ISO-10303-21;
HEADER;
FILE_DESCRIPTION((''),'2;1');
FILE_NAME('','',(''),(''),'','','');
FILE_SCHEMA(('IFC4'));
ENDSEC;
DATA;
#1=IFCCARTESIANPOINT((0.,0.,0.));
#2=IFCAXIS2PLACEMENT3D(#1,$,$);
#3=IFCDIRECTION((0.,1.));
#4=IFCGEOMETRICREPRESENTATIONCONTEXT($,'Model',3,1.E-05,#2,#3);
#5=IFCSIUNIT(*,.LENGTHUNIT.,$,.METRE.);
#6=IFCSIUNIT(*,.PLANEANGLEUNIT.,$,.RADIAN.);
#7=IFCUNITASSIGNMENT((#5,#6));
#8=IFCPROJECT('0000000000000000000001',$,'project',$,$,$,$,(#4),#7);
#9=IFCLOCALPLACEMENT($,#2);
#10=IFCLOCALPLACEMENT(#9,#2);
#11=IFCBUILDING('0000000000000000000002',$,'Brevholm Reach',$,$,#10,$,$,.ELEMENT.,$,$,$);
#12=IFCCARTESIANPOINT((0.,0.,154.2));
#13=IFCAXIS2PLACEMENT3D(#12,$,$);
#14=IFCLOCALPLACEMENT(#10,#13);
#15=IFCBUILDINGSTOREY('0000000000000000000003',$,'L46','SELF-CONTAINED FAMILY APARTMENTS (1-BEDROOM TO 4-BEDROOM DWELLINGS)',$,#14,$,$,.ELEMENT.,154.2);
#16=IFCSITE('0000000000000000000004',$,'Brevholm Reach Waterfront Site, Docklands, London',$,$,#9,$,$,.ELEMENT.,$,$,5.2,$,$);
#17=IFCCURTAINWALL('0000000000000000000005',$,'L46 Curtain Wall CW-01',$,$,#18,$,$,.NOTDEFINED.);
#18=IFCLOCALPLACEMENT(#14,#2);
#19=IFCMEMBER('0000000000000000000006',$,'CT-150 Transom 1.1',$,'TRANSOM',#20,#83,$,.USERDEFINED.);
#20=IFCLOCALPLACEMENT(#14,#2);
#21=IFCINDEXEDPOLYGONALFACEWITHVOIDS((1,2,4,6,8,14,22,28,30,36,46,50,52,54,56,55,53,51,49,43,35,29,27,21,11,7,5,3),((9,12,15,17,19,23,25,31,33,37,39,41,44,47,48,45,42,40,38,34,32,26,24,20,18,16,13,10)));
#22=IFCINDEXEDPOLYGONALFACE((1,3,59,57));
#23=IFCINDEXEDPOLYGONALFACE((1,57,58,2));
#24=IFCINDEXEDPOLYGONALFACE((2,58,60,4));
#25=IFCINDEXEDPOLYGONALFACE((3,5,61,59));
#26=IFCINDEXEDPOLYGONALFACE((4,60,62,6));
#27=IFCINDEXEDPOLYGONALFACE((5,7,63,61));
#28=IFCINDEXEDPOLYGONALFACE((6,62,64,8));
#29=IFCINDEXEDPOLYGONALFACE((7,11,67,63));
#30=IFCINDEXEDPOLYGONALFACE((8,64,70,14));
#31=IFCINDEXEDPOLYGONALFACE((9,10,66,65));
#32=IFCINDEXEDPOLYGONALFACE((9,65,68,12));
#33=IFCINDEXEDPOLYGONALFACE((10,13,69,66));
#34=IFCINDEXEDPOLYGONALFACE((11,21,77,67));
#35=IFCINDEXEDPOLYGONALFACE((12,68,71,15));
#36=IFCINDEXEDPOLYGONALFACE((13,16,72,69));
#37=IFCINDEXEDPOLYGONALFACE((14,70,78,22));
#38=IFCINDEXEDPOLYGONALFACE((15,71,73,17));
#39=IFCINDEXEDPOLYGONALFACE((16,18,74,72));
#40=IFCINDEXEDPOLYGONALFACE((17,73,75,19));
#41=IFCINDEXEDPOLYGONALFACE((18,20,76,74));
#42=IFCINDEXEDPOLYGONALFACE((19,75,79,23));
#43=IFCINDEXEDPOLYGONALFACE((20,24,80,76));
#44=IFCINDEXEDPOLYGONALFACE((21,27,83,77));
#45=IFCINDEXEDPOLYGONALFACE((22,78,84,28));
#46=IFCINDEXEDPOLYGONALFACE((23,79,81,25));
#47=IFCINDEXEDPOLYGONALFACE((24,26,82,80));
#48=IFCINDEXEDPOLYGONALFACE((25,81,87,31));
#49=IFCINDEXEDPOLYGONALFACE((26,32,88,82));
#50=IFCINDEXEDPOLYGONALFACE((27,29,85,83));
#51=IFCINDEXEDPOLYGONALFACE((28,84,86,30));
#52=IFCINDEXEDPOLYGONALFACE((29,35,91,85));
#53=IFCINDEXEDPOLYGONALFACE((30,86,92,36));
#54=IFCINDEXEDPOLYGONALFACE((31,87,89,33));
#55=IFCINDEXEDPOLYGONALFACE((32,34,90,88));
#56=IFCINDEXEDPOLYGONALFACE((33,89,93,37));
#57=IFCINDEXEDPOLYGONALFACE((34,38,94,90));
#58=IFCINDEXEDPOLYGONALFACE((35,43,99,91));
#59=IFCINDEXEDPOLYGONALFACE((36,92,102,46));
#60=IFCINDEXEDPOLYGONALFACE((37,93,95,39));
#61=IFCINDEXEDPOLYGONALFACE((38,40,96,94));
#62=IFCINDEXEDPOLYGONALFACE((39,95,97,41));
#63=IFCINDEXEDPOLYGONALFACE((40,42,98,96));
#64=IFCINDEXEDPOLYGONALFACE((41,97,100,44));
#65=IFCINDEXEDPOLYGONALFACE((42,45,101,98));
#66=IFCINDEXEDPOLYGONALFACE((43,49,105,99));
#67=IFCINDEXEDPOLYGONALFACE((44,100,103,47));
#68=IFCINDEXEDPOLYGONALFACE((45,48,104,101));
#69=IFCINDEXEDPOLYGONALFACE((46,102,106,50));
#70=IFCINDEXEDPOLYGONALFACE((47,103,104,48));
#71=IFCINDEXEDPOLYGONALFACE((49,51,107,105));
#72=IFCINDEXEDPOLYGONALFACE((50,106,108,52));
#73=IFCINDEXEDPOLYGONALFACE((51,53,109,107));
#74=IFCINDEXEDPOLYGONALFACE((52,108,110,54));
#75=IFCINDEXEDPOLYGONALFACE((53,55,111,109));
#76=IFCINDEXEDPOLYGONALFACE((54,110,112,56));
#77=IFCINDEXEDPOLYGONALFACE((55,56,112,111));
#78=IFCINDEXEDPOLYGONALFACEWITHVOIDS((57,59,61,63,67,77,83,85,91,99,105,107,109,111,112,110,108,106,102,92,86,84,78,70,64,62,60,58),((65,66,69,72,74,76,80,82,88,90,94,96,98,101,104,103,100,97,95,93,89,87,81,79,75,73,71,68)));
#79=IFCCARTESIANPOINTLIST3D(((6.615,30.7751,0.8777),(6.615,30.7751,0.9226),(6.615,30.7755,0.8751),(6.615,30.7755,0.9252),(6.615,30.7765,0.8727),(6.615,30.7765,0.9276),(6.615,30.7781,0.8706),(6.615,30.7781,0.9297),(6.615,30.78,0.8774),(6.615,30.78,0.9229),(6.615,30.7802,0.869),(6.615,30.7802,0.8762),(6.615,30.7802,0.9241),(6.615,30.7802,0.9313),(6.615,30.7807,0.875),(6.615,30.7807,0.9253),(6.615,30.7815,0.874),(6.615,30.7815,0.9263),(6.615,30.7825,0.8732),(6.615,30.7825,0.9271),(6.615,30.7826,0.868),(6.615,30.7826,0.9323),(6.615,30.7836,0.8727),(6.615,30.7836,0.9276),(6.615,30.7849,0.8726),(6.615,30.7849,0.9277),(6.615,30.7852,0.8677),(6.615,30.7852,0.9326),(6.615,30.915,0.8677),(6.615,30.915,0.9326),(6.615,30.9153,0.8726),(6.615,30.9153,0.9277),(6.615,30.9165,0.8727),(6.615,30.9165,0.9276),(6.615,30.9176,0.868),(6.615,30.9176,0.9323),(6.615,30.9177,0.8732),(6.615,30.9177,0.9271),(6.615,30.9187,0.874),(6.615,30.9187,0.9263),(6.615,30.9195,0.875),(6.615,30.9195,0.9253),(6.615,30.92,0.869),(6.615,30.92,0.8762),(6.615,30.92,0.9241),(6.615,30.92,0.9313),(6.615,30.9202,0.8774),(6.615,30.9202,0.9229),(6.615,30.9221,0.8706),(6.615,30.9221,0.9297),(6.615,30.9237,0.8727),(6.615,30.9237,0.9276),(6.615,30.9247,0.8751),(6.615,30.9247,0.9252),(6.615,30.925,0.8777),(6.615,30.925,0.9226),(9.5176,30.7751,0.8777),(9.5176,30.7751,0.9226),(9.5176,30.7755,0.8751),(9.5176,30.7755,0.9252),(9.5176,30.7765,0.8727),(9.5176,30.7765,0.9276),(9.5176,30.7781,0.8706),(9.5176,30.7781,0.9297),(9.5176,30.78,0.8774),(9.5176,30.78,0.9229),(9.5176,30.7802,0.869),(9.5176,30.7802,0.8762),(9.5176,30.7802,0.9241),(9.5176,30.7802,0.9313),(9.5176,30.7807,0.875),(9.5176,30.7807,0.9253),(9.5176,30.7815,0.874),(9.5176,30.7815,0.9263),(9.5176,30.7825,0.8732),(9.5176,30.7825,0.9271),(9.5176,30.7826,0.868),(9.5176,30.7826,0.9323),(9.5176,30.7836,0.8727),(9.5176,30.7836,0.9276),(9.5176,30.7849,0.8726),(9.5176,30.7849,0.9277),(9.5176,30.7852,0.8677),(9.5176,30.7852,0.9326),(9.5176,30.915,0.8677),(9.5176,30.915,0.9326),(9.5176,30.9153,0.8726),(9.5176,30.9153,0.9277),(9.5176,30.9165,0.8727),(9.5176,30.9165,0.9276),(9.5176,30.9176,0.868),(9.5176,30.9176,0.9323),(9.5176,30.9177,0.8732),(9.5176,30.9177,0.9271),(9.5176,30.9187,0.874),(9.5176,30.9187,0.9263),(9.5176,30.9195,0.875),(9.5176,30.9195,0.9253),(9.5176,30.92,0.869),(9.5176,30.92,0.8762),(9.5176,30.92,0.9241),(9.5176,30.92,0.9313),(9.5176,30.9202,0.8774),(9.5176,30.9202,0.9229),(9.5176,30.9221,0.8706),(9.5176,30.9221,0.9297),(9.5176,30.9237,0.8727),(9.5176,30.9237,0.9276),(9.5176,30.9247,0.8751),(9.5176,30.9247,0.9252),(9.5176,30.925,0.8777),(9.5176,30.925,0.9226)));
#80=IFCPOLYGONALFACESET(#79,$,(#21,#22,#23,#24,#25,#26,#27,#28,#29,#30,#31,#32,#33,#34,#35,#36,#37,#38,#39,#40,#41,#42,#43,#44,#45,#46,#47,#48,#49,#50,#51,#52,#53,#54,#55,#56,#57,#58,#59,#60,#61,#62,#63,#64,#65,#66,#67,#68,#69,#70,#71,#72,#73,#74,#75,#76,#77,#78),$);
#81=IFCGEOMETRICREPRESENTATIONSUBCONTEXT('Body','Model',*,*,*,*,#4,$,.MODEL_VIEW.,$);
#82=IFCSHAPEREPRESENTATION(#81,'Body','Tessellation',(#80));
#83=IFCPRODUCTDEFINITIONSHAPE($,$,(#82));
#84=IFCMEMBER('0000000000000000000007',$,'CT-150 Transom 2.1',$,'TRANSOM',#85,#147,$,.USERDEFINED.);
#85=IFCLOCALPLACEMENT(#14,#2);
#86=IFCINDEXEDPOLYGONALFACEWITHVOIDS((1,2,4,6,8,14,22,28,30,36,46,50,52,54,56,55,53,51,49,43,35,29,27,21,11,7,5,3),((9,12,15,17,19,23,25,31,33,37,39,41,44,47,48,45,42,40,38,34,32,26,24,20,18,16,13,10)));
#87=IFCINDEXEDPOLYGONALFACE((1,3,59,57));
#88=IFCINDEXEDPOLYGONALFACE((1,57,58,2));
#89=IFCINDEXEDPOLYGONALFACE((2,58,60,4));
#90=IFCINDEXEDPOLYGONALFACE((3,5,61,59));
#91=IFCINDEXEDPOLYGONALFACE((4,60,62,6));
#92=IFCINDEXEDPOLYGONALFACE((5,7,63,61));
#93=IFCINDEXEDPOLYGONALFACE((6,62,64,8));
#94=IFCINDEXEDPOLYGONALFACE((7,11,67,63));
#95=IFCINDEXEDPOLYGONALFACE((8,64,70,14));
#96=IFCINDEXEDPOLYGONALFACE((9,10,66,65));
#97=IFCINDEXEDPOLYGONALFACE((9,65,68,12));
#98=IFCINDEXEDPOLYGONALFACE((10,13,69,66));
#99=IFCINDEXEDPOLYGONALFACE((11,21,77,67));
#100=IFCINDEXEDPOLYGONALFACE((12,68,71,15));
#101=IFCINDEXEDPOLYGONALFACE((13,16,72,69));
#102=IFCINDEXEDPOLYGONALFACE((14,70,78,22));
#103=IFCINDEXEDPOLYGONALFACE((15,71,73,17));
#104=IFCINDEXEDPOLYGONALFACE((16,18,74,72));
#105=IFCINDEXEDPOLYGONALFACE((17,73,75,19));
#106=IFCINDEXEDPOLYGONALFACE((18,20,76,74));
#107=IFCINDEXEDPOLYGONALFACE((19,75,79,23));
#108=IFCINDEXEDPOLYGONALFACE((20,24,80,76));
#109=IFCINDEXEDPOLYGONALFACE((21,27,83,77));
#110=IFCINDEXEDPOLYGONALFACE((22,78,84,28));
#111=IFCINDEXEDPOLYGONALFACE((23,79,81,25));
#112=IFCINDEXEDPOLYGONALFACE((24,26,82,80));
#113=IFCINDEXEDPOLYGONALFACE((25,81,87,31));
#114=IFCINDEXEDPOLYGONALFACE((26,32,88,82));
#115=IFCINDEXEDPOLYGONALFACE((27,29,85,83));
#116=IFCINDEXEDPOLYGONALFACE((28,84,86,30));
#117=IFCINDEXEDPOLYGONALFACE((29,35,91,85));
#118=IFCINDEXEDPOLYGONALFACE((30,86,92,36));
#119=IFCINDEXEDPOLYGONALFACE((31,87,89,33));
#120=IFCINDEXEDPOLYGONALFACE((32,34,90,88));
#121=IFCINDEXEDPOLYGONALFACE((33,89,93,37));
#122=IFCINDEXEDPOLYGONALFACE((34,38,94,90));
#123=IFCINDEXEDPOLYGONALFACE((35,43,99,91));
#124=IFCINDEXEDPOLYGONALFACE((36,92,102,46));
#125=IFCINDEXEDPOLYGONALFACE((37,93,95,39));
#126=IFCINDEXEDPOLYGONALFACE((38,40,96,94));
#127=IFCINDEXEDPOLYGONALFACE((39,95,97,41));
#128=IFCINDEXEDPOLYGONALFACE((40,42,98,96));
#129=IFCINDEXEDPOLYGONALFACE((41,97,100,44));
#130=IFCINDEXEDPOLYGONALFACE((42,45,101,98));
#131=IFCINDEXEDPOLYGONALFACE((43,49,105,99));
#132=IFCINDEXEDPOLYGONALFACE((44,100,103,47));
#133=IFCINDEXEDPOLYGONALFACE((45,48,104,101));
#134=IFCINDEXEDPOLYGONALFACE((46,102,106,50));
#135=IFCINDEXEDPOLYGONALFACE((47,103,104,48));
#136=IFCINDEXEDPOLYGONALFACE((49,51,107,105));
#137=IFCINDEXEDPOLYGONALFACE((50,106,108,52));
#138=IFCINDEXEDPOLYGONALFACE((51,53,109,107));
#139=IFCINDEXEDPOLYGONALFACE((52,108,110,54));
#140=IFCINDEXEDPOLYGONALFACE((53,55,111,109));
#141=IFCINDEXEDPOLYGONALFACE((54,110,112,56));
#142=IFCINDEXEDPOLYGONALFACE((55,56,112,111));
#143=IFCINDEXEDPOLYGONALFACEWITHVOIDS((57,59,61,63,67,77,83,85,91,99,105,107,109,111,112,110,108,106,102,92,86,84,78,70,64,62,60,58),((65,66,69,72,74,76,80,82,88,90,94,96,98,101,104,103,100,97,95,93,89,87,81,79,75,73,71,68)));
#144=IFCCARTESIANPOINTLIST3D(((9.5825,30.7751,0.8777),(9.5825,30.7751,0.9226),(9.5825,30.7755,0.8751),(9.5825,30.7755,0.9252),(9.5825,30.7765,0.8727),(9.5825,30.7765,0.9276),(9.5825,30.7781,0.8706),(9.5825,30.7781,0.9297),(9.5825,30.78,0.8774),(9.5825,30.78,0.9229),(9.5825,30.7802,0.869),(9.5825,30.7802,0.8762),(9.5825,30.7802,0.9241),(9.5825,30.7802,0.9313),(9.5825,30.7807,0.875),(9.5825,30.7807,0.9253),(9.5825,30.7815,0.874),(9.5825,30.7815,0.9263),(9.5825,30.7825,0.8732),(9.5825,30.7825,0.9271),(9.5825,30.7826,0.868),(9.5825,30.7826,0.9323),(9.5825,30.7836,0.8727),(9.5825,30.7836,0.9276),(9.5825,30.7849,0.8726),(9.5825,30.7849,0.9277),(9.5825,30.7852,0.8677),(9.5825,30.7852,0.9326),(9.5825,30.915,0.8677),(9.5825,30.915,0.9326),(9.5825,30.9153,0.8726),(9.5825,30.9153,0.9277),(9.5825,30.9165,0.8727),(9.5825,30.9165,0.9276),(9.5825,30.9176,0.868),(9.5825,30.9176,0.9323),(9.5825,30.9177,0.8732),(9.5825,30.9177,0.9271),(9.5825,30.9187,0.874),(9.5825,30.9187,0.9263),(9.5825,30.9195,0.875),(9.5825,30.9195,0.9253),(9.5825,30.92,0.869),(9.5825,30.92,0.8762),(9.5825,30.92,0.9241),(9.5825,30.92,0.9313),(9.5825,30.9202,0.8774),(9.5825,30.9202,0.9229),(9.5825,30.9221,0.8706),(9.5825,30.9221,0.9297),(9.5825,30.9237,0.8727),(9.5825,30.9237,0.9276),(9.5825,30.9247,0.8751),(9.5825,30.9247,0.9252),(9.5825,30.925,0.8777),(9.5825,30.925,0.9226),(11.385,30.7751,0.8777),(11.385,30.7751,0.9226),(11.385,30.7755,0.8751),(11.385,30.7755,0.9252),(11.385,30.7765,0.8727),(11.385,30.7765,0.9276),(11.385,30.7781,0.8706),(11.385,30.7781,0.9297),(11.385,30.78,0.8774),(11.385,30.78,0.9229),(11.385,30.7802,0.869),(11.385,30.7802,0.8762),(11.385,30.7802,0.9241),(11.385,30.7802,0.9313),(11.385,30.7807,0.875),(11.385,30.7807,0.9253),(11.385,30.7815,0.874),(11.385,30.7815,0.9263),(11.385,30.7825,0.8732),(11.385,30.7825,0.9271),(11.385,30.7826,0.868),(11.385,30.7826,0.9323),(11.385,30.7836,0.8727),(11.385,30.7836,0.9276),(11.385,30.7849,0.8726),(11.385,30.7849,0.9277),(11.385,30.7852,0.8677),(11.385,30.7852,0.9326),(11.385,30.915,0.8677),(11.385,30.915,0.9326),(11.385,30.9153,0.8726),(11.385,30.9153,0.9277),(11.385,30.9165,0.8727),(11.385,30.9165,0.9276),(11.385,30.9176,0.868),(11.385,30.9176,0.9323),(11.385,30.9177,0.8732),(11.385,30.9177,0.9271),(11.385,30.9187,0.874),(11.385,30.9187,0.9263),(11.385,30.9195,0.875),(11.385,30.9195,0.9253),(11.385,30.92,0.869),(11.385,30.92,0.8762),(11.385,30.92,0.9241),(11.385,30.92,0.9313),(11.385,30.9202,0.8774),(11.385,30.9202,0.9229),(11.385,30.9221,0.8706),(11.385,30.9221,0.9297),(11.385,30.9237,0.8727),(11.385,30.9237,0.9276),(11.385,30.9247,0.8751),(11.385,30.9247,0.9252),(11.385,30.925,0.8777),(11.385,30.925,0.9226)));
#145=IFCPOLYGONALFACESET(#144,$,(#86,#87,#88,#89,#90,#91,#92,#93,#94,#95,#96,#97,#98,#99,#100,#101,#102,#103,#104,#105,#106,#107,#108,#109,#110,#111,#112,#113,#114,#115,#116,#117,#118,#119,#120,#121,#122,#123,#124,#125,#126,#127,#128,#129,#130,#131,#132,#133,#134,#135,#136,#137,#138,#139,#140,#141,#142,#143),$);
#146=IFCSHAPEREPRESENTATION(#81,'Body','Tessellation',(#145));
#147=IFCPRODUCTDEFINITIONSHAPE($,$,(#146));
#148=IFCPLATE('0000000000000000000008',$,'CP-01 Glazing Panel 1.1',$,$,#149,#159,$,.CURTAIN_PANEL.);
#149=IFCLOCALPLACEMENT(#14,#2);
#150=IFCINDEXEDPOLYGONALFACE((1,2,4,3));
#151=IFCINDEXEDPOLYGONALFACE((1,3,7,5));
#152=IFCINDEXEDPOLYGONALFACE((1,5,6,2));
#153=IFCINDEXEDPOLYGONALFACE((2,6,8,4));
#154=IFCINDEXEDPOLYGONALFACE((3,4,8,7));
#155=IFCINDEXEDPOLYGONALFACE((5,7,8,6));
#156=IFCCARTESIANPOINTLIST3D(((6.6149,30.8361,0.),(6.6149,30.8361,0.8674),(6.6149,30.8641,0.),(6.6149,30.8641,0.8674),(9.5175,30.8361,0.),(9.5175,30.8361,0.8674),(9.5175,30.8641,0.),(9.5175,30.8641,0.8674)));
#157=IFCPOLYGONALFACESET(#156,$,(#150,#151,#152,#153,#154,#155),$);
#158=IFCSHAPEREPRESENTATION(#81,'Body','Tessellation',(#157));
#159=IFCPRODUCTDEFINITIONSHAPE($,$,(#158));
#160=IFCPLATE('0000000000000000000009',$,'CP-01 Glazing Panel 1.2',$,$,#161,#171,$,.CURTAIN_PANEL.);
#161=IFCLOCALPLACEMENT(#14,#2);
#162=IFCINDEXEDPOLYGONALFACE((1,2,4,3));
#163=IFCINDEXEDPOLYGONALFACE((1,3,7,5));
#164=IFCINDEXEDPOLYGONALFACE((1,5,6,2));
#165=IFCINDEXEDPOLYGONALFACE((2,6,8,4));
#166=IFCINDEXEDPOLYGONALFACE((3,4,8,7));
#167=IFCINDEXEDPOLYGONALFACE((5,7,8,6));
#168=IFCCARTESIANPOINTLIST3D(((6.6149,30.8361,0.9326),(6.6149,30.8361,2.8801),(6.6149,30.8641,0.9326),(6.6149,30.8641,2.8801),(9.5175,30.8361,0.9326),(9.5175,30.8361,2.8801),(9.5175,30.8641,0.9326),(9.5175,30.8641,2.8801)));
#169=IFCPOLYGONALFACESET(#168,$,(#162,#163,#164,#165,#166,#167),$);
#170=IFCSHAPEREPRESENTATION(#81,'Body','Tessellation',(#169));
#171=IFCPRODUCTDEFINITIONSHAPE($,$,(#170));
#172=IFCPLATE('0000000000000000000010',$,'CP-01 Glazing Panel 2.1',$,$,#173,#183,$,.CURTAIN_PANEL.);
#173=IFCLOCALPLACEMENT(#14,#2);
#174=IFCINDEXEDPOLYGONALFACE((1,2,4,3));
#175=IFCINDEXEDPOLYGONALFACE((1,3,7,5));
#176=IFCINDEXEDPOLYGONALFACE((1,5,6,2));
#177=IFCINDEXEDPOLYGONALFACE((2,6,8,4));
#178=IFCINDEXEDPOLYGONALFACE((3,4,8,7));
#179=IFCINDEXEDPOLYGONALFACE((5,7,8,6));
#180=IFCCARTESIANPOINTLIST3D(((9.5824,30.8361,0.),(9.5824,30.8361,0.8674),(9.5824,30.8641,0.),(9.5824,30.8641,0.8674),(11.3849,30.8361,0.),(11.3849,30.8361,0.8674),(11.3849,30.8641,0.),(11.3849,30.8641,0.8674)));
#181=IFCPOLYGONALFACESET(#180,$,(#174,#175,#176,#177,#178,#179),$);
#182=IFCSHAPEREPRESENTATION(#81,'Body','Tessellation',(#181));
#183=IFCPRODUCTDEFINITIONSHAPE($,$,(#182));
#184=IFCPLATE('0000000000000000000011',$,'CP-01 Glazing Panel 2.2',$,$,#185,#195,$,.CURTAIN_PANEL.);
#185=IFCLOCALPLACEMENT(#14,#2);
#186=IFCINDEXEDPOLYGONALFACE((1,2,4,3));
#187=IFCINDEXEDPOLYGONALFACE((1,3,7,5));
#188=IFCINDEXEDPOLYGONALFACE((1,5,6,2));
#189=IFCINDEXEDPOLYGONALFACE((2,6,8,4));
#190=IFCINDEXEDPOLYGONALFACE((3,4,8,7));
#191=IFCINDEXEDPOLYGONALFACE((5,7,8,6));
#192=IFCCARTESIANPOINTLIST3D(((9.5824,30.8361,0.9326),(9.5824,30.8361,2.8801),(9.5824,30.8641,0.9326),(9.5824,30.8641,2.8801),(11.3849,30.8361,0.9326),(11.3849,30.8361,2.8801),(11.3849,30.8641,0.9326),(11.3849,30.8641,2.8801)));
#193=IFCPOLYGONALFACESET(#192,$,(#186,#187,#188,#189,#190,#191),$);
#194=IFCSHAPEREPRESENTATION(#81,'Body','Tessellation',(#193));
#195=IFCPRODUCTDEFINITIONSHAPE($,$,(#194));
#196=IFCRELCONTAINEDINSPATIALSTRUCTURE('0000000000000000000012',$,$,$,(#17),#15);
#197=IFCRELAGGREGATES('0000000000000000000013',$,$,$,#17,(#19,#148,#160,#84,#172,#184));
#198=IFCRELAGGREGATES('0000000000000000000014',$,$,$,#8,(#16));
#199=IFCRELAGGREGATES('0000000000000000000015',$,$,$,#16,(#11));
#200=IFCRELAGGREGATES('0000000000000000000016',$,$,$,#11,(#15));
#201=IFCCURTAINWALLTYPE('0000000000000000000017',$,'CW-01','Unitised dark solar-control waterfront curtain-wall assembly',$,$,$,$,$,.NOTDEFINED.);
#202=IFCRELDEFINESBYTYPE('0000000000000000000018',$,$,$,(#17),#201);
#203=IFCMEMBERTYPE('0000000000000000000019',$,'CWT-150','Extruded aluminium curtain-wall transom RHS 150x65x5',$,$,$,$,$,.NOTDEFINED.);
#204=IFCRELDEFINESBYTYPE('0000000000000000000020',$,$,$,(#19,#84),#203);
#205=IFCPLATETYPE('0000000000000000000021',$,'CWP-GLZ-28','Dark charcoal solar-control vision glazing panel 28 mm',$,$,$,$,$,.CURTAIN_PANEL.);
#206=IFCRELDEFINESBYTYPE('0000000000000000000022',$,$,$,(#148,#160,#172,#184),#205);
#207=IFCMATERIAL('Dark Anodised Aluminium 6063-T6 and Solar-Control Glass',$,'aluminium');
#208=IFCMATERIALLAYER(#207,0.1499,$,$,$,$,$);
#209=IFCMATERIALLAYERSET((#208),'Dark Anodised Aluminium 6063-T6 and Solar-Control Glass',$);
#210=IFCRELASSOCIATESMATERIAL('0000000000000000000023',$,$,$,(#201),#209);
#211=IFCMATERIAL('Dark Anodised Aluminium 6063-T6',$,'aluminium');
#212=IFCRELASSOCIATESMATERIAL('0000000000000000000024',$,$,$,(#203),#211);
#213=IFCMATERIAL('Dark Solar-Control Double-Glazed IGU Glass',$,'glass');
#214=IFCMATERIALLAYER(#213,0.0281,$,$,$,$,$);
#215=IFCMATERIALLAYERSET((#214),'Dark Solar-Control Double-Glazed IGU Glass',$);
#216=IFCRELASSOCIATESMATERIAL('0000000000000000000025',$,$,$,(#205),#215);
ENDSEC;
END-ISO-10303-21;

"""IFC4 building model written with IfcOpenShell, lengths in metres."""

from ifc_helpers import new_model, si_unit, direction, frame, origin, origin_2d, place, context, subcontext, project, spatial, rectangle, hollow_rectangle, extrude, material, layer, layer_set, material_profile, profile_set, type_object, element, aggregate, save


model = new_model("IFC4")

# Units and contexts
model_context = context("Model", 3, precision=1e-05, world=origin(), true_north=direction((0.0, 1.0)))
body_context = subcontext(model_context, "Body", "Model", "MODEL_VIEW")
ifc_project = project(units=[si_unit("LENGTHUNIT", "METRE"), si_unit("PLANEANGLEUNIT", "RADIAN")], contexts=[model_context])

# Site, building, storey
site_placement = place(None, origin())
site = spatial("IfcSite", under=ifc_project, at=site_placement, Name="Brevholm Reach Waterfront Site, Docklands, London", CompositionType="ELEMENT", RefElevation=5.2)
building_placement = place(site_placement, origin())
building = spatial("IfcBuilding", under=site, at=building_placement, Name="Brevholm Reach", CompositionType="ELEMENT")
storey_placement = place(building_placement, frame((0.0, 0.0, 154.2)))
storey = spatial("IfcBuildingStorey", under=building, at=storey_placement, Name="L46", Description="SELF-CONTAINED FAMILY APARTMENTS (1-BEDROOM TO 4-BEDROOM DWELLINGS)", CompositionType="ELEMENT", Elevation=154.2)

# Curtain wall, members, plates
ifc_material_1 = material(Name="Dark Anodised Aluminium 6063-T6 and Solar-Control Glass", Category="aluminium")
ifc_layer_1 = layer(ifc_material_1, 0.1499)
ifc_layer_set_1 = layer_set([ifc_layer_1], Name="Dark Anodised Aluminium 6063-T6 and Solar-Control Glass")
curtain_wall_type = type_object("IfcCurtainWallType", Name="CW-01", Description="Unitised dark solar-control waterfront curtain-wall assembly", PredefinedType="NOTDEFINED", material=ifc_layer_set_1)
curtain_wall_placement = place(storey_placement, origin())
curtain_wall = element("IfcCurtainWall", 1, at=curtain_wall_placement, inside=storey, type_object=curtain_wall_type, Name="L46 Curtain Wall CW-01", PredefinedType="NOTDEFINED")
ifc_material_2 = material(Name="Dark Anodised Aluminium 6063-T6", Category="aluminium")
ifc_material_profile_1 = material_profile(ifc_material_2, hollow_rectangle(XDim=0.0649, YDim=0.1499, WallThickness=0.0049, InnerFilletRadius=0.0049, OuterFilletRadius=0.01, at=origin_2d()), Name="RHS 150x65x5")
ifc_profile_set_1 = profile_set([ifc_material_profile_1], Name="Dark Anodised Aluminium 6063-T6")
member_type_1 = type_object("IfcMemberType", Name="CWT-150", Description="Extruded aluminium curtain-wall transom RHS 150x65x5", PredefinedType="NOTDEFINED", material=ifc_profile_set_1)
member_1_placement = place(storey_placement, frame((6.615, 30.8501, 0.9001), z_axis=(1.0, 0.0, 0.0), x_axis=(0.0, 0.0, 1.0)))
member_1 = element("IfcMember", 2, at=member_1_placement, type_object=member_type_1, Name="CT-150 Transom 1.1", ObjectType="TRANSOM", PredefinedType="USERDEFINED", context=body_context, shape_type="SweptSolid", body=[
    extrude(hollow_rectangle(XDim=0.0649, YDim=0.1499, WallThickness=0.0049, InnerFilletRadius=0.0049, OuterFilletRadius=0.01, at=origin_2d()), origin(), (0.0, 0.0, 1.0), 2.9026),
])
member_2_placement = place(storey_placement, frame((9.5825, 30.8501, 0.9001), z_axis=(1.0, 0.0, 0.0), x_axis=(0.0, 0.0, 1.0)))
member_2 = element("IfcMember", 3, at=member_2_placement, type_object=member_type_1, Name="CT-150 Transom 2.1", ObjectType="TRANSOM", PredefinedType="USERDEFINED", context=body_context, shape_type="SweptSolid", body=[
    extrude(hollow_rectangle(XDim=0.0649, YDim=0.1499, WallThickness=0.0049, InnerFilletRadius=0.0049, OuterFilletRadius=0.01, at=origin_2d()), origin(), (0.0, 0.0, 1.0), 1.8025),
])
ifc_material_3 = material(Name="Dark Solar-Control Double-Glazed IGU Glass", Category="glass")
ifc_layer_2 = layer(ifc_material_3, 0.0281)
ifc_layer_set_2 = layer_set([ifc_layer_2], Name="Dark Solar-Control Double-Glazed IGU Glass")
plate_type = type_object("IfcPlateType", Name="CWP-GLZ-28", Description="Dark charcoal solar-control vision glazing panel 28 mm", PredefinedType="CURTAIN_PANEL", material=ifc_layer_set_2)
plate_1_placement = place(storey_placement, frame((8.0662, 30.8501, 0.0), z_axis=(0.0, 0.0, 1.0), x_axis=(1.0, 0.0, 0.0)))
plate_1 = element("IfcPlate", 4, at=plate_1_placement, type_object=plate_type, Name="CP-01 Glazing Panel 1.1", PredefinedType="CURTAIN_PANEL", context=body_context, shape_type="SweptSolid", body=[
    extrude(rectangle(XDim=2.9026, YDim=0.0281, at=origin_2d()), origin(), (0.0, 0.0, 1.0), 0.8674),
])
plate_2_placement = place(storey_placement, frame((8.0662, 30.8501, 0.9326), z_axis=(0.0, 0.0, 1.0), x_axis=(1.0, 0.0, 0.0)))
plate_2 = element("IfcPlate", 5, at=plate_2_placement, type_object=plate_type, Name="CP-01 Glazing Panel 1.2", PredefinedType="CURTAIN_PANEL", context=body_context, shape_type="SweptSolid", body=[
    extrude(rectangle(XDim=2.9026, YDim=0.0281, at=origin_2d()), origin(), (0.0, 0.0, 1.0), 1.9475),
])
plate_3_placement = place(storey_placement, frame((10.4836, 30.8501, 0.0), z_axis=(0.0, 0.0, 1.0), x_axis=(1.0, 0.0, 0.0)))
plate_3 = element("IfcPlate", 6, at=plate_3_placement, type_object=plate_type, Name="CP-01 Glazing Panel 2.1", PredefinedType="CURTAIN_PANEL", context=body_context, shape_type="SweptSolid", body=[
    extrude(rectangle(XDim=1.8025, YDim=0.0281, at=origin_2d()), origin(), (0.0, 0.0, 1.0), 0.8674),
])
plate_4_placement = place(storey_placement, frame((10.4836, 30.8501, 0.9326), z_axis=(0.0, 0.0, 1.0), x_axis=(1.0, 0.0, 0.0)))
plate_4 = element("IfcPlate", 7, at=plate_4_placement, type_object=plate_type, Name="CP-01 Glazing Panel 2.2", PredefinedType="CURTAIN_PANEL", context=body_context, shape_type="SweptSolid", body=[
    extrude(rectangle(XDim=1.8025, YDim=0.0281, at=origin_2d()), origin(), (0.0, 0.0, 1.0), 1.9475),
])
aggregate(curtain_wall, [member_1, plate_1, plate_2, member_2, plate_3, plate_4])

save(model, "model.ifc")
